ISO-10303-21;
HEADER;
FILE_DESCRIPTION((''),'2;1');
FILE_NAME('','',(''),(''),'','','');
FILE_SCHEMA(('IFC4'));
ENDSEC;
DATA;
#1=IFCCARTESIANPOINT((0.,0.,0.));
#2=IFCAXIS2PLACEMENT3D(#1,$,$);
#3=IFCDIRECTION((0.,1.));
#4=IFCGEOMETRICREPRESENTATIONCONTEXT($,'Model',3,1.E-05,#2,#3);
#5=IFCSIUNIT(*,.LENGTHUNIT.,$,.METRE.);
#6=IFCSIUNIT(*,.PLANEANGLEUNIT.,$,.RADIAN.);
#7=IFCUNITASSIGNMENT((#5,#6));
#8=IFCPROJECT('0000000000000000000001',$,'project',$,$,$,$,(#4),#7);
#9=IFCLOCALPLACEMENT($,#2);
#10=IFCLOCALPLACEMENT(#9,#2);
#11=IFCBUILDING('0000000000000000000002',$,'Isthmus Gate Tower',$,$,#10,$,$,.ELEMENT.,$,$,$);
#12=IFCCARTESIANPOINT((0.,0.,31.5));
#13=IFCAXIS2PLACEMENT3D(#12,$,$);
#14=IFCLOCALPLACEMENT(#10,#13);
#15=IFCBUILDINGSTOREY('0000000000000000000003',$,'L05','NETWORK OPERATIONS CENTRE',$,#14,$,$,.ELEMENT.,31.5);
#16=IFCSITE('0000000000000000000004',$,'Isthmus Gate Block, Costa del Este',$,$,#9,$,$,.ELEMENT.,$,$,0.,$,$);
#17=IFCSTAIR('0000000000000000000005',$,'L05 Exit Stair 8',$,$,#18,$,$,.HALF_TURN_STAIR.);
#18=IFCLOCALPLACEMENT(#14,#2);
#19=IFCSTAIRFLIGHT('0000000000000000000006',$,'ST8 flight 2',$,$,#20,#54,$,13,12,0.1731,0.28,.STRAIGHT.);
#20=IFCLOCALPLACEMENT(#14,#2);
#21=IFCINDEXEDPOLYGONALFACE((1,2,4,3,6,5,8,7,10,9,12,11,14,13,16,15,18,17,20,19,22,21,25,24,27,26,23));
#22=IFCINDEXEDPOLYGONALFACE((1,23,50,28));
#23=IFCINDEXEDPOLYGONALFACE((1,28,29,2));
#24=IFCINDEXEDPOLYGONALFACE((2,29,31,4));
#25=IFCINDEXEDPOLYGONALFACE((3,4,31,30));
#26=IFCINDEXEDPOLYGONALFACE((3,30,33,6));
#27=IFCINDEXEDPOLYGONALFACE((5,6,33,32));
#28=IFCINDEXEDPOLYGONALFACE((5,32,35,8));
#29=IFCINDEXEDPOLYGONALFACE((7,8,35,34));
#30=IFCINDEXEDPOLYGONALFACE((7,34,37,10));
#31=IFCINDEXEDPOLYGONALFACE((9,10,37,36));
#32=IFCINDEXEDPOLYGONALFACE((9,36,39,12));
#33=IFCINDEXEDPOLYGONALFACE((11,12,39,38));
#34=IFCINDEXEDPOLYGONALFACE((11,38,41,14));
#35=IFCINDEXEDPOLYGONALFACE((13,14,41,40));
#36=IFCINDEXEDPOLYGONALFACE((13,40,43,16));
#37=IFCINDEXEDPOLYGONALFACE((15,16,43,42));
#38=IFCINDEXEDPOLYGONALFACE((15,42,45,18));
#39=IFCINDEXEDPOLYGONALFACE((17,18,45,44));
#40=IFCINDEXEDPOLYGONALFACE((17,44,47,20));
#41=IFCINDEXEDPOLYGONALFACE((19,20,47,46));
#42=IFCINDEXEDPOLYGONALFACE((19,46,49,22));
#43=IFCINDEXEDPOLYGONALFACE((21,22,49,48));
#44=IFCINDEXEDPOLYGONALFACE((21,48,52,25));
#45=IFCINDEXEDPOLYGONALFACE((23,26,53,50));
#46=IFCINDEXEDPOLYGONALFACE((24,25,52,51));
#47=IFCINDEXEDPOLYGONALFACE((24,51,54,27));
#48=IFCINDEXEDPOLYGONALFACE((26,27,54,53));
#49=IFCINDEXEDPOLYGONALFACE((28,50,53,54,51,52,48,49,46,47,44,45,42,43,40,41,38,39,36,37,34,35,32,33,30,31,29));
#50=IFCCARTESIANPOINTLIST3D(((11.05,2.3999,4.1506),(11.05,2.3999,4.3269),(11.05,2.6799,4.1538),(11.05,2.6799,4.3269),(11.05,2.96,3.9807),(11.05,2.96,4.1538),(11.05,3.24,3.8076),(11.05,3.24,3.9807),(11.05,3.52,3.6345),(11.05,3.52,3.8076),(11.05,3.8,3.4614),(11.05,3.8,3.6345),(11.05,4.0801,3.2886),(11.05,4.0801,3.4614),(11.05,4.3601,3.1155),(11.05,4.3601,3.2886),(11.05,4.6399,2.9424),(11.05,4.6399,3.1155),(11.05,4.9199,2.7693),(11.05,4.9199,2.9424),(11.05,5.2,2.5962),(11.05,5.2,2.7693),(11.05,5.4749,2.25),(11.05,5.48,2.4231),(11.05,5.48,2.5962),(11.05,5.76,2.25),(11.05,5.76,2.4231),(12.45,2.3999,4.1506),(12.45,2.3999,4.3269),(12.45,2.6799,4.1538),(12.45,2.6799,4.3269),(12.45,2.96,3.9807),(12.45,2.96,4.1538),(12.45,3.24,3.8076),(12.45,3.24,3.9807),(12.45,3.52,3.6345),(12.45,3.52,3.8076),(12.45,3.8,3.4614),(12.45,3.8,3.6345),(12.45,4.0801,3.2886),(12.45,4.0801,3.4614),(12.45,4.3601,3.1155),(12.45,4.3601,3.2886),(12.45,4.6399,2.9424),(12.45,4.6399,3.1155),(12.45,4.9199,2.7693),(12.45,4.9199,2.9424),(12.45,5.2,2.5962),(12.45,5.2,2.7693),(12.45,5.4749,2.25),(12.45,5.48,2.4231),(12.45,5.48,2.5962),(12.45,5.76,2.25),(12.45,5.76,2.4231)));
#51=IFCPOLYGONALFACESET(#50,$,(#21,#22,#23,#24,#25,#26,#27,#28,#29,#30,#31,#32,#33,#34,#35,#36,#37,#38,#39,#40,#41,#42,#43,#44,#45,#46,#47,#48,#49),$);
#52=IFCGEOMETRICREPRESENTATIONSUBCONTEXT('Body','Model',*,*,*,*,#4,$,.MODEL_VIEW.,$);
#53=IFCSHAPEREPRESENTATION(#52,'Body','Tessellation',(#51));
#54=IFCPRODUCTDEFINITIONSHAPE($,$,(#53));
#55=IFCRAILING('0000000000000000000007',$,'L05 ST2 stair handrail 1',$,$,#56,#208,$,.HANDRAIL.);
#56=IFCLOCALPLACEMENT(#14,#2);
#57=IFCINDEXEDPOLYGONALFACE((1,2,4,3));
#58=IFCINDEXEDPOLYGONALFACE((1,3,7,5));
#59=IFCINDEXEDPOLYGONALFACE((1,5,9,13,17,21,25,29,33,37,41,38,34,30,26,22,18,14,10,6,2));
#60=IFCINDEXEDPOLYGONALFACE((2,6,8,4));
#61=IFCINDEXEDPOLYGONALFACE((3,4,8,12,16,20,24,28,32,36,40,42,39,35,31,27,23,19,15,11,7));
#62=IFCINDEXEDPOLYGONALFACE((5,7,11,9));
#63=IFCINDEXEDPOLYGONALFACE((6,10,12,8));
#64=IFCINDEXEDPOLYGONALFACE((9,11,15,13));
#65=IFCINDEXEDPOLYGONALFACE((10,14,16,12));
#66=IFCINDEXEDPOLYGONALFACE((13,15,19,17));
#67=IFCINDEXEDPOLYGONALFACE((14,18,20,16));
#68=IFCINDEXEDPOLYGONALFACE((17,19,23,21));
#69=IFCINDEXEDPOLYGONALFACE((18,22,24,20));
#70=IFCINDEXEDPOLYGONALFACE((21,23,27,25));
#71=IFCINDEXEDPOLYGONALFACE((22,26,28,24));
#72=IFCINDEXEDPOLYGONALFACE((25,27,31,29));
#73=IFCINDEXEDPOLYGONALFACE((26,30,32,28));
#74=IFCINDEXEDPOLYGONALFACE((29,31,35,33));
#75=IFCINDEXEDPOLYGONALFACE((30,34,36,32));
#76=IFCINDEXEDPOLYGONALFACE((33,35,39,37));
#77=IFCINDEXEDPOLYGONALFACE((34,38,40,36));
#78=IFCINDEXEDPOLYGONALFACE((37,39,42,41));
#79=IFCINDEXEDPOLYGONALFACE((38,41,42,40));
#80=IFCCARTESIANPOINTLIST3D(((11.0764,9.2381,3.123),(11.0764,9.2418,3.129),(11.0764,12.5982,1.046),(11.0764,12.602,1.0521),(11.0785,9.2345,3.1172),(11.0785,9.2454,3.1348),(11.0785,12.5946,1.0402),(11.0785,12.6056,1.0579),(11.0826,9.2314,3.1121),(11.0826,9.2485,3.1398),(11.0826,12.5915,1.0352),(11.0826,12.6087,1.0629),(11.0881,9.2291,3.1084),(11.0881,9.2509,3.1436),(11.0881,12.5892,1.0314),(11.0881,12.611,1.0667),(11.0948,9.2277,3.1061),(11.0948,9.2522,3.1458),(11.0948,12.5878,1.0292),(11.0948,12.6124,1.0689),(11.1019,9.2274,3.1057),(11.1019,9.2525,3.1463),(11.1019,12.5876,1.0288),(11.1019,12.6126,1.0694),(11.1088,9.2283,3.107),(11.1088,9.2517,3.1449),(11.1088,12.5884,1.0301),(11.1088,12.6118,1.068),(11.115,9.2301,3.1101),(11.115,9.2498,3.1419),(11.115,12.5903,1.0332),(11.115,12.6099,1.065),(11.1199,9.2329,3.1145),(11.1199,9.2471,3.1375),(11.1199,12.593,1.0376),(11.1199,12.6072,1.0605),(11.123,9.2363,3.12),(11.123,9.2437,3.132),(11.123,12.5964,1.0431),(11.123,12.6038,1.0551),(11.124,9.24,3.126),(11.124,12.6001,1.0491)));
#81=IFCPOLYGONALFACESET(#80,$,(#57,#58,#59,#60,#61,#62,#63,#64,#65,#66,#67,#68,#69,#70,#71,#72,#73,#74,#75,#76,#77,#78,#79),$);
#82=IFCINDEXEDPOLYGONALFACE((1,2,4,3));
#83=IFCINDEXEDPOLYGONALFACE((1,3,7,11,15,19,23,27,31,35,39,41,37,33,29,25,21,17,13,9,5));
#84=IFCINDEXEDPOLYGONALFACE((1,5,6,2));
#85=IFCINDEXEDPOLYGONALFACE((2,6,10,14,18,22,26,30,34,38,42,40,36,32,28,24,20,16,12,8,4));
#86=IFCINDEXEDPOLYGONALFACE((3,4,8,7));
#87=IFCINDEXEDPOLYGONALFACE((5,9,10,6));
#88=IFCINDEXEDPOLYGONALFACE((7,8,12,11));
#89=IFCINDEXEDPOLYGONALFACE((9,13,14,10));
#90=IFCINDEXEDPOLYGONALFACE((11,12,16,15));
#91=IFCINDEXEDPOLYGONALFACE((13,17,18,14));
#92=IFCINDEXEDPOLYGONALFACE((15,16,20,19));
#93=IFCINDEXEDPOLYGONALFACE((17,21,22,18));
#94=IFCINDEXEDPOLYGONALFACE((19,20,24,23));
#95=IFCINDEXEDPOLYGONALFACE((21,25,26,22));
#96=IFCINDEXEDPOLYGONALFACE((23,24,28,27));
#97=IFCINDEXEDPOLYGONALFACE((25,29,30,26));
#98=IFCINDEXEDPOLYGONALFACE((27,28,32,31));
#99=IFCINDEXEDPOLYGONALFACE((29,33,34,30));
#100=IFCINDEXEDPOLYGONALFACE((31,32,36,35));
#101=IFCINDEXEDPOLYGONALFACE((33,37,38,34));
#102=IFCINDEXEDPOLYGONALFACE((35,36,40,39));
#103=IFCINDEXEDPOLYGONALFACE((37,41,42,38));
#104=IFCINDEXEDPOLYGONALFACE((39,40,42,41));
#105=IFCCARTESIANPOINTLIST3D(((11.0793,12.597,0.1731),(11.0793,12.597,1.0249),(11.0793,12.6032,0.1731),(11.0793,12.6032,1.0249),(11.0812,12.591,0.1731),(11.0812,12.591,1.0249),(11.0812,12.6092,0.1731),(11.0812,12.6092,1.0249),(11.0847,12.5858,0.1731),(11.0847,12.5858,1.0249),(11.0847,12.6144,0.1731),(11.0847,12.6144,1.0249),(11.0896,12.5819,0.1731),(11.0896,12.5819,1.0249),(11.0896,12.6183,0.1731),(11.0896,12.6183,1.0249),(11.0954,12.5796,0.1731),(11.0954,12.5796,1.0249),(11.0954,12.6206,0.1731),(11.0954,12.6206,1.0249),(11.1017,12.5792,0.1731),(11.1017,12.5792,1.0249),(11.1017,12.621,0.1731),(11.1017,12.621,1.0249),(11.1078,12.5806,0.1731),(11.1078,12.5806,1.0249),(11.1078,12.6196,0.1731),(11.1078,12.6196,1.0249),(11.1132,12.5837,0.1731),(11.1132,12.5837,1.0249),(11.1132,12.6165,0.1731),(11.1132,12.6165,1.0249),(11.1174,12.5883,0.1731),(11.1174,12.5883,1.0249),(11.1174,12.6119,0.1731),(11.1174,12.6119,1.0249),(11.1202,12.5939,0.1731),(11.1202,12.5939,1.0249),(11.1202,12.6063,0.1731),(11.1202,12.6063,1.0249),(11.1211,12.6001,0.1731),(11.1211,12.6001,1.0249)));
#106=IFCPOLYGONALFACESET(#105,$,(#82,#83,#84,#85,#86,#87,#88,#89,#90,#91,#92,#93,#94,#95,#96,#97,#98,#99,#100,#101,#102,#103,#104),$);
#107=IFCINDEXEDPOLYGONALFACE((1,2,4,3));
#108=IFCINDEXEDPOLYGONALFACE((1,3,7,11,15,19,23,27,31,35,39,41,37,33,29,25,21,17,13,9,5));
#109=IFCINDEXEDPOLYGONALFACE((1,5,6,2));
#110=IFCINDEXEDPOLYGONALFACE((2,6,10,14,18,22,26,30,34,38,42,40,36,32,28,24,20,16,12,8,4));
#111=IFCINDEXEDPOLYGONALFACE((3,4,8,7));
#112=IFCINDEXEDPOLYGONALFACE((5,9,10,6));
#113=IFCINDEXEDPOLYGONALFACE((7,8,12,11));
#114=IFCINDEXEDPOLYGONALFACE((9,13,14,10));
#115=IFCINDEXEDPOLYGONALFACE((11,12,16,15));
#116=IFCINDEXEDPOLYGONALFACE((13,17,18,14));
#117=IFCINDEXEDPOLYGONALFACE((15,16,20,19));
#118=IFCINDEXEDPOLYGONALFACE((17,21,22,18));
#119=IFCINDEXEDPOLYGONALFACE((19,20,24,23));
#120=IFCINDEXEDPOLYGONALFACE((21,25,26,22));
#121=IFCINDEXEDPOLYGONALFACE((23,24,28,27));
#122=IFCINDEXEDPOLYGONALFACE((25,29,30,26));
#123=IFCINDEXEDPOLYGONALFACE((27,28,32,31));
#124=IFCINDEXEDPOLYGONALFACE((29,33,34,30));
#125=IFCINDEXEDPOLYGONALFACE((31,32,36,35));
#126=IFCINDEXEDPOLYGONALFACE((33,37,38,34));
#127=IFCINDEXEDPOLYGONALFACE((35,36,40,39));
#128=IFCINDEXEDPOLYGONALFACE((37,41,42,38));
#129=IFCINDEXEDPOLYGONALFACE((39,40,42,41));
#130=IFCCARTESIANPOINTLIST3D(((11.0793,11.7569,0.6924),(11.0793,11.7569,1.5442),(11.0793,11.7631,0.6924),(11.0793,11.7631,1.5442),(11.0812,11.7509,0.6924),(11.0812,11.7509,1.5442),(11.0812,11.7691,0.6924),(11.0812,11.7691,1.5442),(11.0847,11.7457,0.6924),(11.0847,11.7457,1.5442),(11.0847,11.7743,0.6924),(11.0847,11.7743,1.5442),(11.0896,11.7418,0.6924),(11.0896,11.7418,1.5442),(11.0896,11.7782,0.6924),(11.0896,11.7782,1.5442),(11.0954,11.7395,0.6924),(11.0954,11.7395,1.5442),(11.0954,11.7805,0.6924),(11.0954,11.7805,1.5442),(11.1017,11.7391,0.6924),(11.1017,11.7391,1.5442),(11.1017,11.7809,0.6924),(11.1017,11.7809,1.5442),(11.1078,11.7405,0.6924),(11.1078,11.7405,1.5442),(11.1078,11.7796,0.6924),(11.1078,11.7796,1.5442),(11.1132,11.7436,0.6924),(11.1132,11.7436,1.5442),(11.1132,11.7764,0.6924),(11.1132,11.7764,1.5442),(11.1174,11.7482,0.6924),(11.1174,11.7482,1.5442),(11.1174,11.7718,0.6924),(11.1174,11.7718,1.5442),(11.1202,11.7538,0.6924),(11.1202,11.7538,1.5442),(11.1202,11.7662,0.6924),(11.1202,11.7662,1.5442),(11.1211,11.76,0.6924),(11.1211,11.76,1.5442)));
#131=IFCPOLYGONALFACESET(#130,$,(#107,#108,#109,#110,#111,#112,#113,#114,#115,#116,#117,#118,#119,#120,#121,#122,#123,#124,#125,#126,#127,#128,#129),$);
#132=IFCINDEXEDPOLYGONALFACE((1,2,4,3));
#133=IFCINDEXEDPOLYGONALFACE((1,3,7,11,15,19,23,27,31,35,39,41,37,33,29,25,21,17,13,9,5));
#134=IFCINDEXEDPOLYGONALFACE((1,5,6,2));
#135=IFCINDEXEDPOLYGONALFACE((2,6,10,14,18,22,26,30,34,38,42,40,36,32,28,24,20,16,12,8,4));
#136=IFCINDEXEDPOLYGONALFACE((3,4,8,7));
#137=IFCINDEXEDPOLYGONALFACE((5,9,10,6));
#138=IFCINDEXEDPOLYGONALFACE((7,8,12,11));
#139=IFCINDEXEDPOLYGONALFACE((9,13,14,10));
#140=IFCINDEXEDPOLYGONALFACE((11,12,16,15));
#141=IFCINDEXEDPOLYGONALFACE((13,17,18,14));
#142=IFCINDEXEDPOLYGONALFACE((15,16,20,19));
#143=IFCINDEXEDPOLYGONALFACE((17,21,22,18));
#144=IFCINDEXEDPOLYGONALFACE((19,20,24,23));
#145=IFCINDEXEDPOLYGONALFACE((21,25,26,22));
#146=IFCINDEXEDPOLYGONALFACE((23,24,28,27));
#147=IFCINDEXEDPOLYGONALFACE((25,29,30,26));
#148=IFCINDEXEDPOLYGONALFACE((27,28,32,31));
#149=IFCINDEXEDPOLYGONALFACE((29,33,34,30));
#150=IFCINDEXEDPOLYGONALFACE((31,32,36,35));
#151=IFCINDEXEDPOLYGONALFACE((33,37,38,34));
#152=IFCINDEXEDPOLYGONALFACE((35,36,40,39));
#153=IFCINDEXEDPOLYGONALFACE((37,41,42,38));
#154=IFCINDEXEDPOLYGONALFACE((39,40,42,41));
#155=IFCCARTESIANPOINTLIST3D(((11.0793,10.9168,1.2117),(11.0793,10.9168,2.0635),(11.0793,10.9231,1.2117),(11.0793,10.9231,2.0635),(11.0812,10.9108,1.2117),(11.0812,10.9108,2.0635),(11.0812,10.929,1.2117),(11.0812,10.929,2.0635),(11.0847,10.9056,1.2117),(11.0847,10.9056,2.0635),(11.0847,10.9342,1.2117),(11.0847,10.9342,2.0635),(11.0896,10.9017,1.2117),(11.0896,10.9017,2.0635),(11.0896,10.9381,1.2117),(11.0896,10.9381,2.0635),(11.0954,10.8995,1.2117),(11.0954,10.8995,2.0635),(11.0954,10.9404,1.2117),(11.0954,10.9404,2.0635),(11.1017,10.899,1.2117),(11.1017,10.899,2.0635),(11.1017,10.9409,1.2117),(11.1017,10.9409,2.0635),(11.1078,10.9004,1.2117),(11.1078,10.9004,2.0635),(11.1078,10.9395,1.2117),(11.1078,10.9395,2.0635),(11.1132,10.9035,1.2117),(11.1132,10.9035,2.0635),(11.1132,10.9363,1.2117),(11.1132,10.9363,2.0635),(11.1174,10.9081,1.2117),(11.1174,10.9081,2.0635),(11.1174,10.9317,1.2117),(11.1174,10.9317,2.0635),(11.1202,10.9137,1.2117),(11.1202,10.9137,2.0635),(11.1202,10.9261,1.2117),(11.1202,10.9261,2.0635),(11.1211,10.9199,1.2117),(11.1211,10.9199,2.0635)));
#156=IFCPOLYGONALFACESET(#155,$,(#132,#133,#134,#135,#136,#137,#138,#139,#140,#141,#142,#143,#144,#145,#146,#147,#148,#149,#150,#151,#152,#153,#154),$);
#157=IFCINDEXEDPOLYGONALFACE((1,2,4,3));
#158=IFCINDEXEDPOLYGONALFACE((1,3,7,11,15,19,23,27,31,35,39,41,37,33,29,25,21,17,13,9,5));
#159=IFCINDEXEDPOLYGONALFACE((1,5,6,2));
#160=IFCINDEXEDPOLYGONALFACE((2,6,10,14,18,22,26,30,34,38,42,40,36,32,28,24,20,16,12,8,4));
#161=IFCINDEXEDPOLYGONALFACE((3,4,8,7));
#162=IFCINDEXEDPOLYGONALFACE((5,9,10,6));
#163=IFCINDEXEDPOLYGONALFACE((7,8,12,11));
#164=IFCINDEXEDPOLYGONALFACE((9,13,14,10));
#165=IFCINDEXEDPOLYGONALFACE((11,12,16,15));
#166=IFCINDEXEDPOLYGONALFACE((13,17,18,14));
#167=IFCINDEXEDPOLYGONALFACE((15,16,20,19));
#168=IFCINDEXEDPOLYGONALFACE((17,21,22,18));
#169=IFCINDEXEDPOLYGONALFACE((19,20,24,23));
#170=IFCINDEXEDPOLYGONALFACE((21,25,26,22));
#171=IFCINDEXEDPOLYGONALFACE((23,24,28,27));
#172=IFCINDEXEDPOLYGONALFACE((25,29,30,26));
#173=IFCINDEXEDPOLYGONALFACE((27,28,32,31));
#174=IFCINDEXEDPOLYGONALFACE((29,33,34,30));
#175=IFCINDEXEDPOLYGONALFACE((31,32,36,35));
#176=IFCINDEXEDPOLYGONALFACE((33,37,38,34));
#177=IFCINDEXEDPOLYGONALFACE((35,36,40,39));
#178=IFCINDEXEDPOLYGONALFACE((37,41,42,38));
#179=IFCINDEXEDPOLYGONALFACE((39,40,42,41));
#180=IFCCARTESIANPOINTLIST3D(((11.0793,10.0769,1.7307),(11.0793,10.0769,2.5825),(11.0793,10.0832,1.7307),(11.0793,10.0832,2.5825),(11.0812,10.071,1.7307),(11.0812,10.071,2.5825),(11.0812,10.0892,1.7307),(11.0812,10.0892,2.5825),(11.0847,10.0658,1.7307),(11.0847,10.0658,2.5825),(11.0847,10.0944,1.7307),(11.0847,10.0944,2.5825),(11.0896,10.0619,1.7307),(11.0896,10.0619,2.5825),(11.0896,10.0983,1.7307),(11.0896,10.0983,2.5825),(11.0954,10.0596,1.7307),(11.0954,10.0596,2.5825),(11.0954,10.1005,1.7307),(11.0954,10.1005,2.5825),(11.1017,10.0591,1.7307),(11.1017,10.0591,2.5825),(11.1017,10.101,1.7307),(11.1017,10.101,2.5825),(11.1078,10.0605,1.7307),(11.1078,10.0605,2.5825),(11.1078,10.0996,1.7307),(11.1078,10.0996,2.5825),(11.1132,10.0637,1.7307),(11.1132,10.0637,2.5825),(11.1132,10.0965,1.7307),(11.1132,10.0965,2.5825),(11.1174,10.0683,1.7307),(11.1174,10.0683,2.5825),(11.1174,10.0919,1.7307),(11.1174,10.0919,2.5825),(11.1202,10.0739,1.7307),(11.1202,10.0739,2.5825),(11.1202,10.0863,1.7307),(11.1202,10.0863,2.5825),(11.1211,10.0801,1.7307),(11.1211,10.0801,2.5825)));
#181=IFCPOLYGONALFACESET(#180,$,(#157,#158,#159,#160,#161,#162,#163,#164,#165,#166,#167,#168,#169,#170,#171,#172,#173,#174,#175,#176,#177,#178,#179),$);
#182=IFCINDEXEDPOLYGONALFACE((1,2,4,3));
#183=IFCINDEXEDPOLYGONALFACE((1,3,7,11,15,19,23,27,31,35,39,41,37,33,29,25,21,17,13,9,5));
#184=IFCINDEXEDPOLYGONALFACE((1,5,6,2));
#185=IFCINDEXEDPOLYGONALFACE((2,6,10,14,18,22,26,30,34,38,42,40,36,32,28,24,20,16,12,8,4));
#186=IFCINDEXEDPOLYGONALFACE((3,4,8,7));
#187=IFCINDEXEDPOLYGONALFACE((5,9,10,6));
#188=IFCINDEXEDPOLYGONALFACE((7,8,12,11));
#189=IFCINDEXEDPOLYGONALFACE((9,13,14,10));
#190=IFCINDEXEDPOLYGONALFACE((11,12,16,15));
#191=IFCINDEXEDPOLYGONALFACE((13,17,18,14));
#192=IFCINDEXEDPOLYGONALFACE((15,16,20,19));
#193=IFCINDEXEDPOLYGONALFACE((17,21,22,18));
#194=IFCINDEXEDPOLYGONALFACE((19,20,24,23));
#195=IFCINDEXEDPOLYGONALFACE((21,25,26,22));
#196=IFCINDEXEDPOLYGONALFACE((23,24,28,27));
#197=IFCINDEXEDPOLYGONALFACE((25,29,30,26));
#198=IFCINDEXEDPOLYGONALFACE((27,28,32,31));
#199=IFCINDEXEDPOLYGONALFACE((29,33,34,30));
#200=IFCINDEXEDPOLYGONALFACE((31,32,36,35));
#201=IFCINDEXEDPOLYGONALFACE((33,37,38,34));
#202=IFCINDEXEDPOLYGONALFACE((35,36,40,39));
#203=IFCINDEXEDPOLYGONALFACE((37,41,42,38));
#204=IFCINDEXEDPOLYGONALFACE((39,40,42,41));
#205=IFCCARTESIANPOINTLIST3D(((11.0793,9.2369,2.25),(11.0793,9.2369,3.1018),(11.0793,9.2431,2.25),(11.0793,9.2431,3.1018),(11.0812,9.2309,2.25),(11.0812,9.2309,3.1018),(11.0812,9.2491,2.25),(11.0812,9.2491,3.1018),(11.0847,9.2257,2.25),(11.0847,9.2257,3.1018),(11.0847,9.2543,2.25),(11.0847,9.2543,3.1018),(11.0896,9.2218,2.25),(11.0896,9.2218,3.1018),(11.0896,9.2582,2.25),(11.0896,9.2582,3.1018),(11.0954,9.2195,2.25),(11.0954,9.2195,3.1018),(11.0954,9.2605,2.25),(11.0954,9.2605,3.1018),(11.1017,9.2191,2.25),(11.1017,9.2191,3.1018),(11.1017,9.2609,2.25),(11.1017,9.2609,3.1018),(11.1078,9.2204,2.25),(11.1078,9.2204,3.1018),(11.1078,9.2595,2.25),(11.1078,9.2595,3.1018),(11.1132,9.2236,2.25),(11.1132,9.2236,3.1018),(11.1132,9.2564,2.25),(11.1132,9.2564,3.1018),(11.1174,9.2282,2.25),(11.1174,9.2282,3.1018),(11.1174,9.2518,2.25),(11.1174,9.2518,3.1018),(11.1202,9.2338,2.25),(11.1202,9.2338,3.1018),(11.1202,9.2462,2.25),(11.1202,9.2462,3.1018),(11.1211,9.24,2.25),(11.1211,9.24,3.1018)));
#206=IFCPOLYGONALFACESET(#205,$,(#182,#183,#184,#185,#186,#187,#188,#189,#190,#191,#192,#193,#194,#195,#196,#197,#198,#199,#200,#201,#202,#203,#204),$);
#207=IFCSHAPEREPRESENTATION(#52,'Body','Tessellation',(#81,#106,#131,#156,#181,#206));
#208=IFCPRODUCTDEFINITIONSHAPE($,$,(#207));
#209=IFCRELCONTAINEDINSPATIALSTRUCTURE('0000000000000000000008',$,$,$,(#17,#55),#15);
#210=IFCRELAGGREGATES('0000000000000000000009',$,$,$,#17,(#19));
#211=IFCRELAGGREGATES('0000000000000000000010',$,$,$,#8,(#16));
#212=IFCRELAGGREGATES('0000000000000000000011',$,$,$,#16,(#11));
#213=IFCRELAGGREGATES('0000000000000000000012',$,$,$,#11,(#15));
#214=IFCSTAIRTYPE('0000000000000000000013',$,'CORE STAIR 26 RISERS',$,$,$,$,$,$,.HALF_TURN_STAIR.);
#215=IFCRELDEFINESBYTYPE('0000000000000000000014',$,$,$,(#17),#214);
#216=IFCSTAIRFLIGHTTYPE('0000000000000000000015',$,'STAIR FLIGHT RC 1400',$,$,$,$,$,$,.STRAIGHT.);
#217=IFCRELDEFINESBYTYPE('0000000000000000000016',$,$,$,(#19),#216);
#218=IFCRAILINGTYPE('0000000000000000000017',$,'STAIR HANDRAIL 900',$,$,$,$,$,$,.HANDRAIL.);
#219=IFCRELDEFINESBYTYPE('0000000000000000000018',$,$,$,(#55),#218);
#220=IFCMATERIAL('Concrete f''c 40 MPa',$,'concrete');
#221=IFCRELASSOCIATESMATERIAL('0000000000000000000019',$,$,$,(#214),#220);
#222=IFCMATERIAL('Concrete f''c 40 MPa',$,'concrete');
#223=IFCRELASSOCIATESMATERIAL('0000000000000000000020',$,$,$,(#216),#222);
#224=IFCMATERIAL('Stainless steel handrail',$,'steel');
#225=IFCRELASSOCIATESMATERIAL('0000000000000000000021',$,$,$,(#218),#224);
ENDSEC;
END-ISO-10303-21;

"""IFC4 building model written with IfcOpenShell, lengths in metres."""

from ifc_helpers import new_model, si_unit, direction, frame, origin, origin_2d, place, context, subcontext, project, spatial, polyline, circle, outline, extrude, material, type_object, element, aggregate, save


model = new_model("IFC4")

# Units and contexts
model_context = context("Model", 3, precision=1e-05, world=origin(), true_north=direction((0.0, 1.0)))
body_context = subcontext(model_context, "Body", "Model", "MODEL_VIEW")
ifc_project = project(units=[si_unit("LENGTHUNIT", "METRE"), si_unit("PLANEANGLEUNIT", "RADIAN")], contexts=[model_context])

# Site, building, storey
site_placement = place(None, origin())
site = spatial("IfcSite", under=ifc_project, at=site_placement, Name="Isthmus Gate Block, Costa del Este", CompositionType="ELEMENT", RefElevation=0.0)
building_placement = place(site_placement, origin())
building = spatial("IfcBuilding", under=site, at=building_placement, Name="Isthmus Gate Tower", CompositionType="ELEMENT")
storey_placement = place(building_placement, frame((0.0, 0.0, 31.5)))
storey = spatial("IfcBuildingStorey", under=building, at=storey_placement, Name="L05", Description="NETWORK OPERATIONS CENTRE", CompositionType="ELEMENT", Elevation=31.5)

# Stair, stair flight
ifc_material_1 = material(Name="Concrete f'c 40 MPa", Category="concrete")
stair_type = type_object("IfcStairType", Name="CORE STAIR 26 RISERS", PredefinedType="HALF_TURN_STAIR", material=ifc_material_1)
ifc_material_2 = material(Name="Concrete f'c 40 MPa", Category="concrete")
stair_flight_type = type_object("IfcStairFlightType", Name="STAIR FLIGHT RC 1400", PredefinedType="STRAIGHT", material=ifc_material_2)
stair_1_placement = place(storey_placement, origin())
stair_1 = element("IfcStair", 1, at=stair_1_placement, inside=storey, type_object=stair_type, Name="L05 Exit Stair 8", PredefinedType="HALF_TURN_STAIR")
stair_flight_1_placement = place(storey_placement, frame((11.75, 5.76, 2.25), z_axis=(0.0, 0.0, 1.0), x_axis=(0.0, -1.0, 0.0)))
stair_flight_1 = element("IfcStairFlight", 2, at=stair_flight_1_placement, type_object=stair_flight_type, Name="ST8 flight 2", NumberOfRisers=13, NumberOfTreads=12, PredefinedType="STRAIGHT", RiserHeight=0.1731, TreadLength=0.28, context=body_context, shape_type="SweptSolid", body=[
    extrude(outline(polyline([(0.0, 0.0), (0.0, 0.1731), (0.28, 0.1731), (0.28, 0.3462), (0.5601, 0.3462), (0.5601, 0.5193), (0.8401, 0.5193), (0.8401, 0.6924), (1.1201, 0.6924), (1.1201, 0.8655), (1.3999, 0.8655), (1.3999, 1.0386), (1.6799, 1.0386), (1.6799, 1.2114), (1.96, 1.2114), (1.96, 1.3845), (2.24, 1.3845), (2.24, 1.5576), (2.52, 1.5576), (2.52, 1.7307), (2.8, 1.7307), (2.8, 1.9038), (3.0801, 1.9038), (3.0801, 2.0769), (3.3601, 2.0769), (3.3601, 2.25), (3.3601, 1.9006), (0.2852, 0.0), (0.0, 0.0)])), frame((0.0, 0.7, 0.0), z_axis=(0.0, -1.0, 0.0), x_axis=(1.0, 0.0, 0.0)), (0.0, 0.0, 1.0), 1.3999),
])
aggregate(stair_1, [stair_flight_1])

# Railing
ifc_material_3 = material(Name="Stainless steel handrail", Category="steel")
railing_type = type_object("IfcRailingType", Name="STAIR HANDRAIL 900", PredefinedType="HANDRAIL", material=ifc_material_3)
for number, where, name in (
    (3, (11.1001, 12.6001, 0.1731), "L05 ST2 stair handrail 1"),
):
    element("IfcRailing", number, at=place(storey_placement, frame(where)), inside=storey, type_object=railing_type, Name=name, PredefinedType="HANDRAIL", context=body_context, shape_type="SweptSolid", body=[
        extrude(circle(Radius=0.0239, at=origin_2d()), frame((0.0, 0.0, 0.876), z_axis=(0.0, -0.850623, 0.525776), x_axis=(1.0, 0.0, 0.0)), (0.0, 0.0, 1.0), 3.9502),
        extrude(circle(Radius=0.021, at=origin_2d()), origin(), (0.0, 0.0, 1.0), 0.8518),
        extrude(circle(Radius=0.021, at=origin_2d()), frame((0.0, -0.8401, 0.5193)), (0.0, 0.0, 1.0), 0.8518),
        extrude(circle(Radius=0.021, at=origin_2d()), frame((0.0, -1.6802, 1.0386)), (0.0, 0.0, 1.0), 0.8518),
        extrude(circle(Radius=0.021, at=origin_2d()), frame((0.0, -2.52, 1.5576)), (0.0, 0.0, 1.0), 0.8518),
        extrude(circle(Radius=0.021, at=origin_2d()), frame((0.0, -3.3601, 2.0769)), (0.0, 0.0, 1.0), 0.8518),
    ])

save(model, "model.ifc")
